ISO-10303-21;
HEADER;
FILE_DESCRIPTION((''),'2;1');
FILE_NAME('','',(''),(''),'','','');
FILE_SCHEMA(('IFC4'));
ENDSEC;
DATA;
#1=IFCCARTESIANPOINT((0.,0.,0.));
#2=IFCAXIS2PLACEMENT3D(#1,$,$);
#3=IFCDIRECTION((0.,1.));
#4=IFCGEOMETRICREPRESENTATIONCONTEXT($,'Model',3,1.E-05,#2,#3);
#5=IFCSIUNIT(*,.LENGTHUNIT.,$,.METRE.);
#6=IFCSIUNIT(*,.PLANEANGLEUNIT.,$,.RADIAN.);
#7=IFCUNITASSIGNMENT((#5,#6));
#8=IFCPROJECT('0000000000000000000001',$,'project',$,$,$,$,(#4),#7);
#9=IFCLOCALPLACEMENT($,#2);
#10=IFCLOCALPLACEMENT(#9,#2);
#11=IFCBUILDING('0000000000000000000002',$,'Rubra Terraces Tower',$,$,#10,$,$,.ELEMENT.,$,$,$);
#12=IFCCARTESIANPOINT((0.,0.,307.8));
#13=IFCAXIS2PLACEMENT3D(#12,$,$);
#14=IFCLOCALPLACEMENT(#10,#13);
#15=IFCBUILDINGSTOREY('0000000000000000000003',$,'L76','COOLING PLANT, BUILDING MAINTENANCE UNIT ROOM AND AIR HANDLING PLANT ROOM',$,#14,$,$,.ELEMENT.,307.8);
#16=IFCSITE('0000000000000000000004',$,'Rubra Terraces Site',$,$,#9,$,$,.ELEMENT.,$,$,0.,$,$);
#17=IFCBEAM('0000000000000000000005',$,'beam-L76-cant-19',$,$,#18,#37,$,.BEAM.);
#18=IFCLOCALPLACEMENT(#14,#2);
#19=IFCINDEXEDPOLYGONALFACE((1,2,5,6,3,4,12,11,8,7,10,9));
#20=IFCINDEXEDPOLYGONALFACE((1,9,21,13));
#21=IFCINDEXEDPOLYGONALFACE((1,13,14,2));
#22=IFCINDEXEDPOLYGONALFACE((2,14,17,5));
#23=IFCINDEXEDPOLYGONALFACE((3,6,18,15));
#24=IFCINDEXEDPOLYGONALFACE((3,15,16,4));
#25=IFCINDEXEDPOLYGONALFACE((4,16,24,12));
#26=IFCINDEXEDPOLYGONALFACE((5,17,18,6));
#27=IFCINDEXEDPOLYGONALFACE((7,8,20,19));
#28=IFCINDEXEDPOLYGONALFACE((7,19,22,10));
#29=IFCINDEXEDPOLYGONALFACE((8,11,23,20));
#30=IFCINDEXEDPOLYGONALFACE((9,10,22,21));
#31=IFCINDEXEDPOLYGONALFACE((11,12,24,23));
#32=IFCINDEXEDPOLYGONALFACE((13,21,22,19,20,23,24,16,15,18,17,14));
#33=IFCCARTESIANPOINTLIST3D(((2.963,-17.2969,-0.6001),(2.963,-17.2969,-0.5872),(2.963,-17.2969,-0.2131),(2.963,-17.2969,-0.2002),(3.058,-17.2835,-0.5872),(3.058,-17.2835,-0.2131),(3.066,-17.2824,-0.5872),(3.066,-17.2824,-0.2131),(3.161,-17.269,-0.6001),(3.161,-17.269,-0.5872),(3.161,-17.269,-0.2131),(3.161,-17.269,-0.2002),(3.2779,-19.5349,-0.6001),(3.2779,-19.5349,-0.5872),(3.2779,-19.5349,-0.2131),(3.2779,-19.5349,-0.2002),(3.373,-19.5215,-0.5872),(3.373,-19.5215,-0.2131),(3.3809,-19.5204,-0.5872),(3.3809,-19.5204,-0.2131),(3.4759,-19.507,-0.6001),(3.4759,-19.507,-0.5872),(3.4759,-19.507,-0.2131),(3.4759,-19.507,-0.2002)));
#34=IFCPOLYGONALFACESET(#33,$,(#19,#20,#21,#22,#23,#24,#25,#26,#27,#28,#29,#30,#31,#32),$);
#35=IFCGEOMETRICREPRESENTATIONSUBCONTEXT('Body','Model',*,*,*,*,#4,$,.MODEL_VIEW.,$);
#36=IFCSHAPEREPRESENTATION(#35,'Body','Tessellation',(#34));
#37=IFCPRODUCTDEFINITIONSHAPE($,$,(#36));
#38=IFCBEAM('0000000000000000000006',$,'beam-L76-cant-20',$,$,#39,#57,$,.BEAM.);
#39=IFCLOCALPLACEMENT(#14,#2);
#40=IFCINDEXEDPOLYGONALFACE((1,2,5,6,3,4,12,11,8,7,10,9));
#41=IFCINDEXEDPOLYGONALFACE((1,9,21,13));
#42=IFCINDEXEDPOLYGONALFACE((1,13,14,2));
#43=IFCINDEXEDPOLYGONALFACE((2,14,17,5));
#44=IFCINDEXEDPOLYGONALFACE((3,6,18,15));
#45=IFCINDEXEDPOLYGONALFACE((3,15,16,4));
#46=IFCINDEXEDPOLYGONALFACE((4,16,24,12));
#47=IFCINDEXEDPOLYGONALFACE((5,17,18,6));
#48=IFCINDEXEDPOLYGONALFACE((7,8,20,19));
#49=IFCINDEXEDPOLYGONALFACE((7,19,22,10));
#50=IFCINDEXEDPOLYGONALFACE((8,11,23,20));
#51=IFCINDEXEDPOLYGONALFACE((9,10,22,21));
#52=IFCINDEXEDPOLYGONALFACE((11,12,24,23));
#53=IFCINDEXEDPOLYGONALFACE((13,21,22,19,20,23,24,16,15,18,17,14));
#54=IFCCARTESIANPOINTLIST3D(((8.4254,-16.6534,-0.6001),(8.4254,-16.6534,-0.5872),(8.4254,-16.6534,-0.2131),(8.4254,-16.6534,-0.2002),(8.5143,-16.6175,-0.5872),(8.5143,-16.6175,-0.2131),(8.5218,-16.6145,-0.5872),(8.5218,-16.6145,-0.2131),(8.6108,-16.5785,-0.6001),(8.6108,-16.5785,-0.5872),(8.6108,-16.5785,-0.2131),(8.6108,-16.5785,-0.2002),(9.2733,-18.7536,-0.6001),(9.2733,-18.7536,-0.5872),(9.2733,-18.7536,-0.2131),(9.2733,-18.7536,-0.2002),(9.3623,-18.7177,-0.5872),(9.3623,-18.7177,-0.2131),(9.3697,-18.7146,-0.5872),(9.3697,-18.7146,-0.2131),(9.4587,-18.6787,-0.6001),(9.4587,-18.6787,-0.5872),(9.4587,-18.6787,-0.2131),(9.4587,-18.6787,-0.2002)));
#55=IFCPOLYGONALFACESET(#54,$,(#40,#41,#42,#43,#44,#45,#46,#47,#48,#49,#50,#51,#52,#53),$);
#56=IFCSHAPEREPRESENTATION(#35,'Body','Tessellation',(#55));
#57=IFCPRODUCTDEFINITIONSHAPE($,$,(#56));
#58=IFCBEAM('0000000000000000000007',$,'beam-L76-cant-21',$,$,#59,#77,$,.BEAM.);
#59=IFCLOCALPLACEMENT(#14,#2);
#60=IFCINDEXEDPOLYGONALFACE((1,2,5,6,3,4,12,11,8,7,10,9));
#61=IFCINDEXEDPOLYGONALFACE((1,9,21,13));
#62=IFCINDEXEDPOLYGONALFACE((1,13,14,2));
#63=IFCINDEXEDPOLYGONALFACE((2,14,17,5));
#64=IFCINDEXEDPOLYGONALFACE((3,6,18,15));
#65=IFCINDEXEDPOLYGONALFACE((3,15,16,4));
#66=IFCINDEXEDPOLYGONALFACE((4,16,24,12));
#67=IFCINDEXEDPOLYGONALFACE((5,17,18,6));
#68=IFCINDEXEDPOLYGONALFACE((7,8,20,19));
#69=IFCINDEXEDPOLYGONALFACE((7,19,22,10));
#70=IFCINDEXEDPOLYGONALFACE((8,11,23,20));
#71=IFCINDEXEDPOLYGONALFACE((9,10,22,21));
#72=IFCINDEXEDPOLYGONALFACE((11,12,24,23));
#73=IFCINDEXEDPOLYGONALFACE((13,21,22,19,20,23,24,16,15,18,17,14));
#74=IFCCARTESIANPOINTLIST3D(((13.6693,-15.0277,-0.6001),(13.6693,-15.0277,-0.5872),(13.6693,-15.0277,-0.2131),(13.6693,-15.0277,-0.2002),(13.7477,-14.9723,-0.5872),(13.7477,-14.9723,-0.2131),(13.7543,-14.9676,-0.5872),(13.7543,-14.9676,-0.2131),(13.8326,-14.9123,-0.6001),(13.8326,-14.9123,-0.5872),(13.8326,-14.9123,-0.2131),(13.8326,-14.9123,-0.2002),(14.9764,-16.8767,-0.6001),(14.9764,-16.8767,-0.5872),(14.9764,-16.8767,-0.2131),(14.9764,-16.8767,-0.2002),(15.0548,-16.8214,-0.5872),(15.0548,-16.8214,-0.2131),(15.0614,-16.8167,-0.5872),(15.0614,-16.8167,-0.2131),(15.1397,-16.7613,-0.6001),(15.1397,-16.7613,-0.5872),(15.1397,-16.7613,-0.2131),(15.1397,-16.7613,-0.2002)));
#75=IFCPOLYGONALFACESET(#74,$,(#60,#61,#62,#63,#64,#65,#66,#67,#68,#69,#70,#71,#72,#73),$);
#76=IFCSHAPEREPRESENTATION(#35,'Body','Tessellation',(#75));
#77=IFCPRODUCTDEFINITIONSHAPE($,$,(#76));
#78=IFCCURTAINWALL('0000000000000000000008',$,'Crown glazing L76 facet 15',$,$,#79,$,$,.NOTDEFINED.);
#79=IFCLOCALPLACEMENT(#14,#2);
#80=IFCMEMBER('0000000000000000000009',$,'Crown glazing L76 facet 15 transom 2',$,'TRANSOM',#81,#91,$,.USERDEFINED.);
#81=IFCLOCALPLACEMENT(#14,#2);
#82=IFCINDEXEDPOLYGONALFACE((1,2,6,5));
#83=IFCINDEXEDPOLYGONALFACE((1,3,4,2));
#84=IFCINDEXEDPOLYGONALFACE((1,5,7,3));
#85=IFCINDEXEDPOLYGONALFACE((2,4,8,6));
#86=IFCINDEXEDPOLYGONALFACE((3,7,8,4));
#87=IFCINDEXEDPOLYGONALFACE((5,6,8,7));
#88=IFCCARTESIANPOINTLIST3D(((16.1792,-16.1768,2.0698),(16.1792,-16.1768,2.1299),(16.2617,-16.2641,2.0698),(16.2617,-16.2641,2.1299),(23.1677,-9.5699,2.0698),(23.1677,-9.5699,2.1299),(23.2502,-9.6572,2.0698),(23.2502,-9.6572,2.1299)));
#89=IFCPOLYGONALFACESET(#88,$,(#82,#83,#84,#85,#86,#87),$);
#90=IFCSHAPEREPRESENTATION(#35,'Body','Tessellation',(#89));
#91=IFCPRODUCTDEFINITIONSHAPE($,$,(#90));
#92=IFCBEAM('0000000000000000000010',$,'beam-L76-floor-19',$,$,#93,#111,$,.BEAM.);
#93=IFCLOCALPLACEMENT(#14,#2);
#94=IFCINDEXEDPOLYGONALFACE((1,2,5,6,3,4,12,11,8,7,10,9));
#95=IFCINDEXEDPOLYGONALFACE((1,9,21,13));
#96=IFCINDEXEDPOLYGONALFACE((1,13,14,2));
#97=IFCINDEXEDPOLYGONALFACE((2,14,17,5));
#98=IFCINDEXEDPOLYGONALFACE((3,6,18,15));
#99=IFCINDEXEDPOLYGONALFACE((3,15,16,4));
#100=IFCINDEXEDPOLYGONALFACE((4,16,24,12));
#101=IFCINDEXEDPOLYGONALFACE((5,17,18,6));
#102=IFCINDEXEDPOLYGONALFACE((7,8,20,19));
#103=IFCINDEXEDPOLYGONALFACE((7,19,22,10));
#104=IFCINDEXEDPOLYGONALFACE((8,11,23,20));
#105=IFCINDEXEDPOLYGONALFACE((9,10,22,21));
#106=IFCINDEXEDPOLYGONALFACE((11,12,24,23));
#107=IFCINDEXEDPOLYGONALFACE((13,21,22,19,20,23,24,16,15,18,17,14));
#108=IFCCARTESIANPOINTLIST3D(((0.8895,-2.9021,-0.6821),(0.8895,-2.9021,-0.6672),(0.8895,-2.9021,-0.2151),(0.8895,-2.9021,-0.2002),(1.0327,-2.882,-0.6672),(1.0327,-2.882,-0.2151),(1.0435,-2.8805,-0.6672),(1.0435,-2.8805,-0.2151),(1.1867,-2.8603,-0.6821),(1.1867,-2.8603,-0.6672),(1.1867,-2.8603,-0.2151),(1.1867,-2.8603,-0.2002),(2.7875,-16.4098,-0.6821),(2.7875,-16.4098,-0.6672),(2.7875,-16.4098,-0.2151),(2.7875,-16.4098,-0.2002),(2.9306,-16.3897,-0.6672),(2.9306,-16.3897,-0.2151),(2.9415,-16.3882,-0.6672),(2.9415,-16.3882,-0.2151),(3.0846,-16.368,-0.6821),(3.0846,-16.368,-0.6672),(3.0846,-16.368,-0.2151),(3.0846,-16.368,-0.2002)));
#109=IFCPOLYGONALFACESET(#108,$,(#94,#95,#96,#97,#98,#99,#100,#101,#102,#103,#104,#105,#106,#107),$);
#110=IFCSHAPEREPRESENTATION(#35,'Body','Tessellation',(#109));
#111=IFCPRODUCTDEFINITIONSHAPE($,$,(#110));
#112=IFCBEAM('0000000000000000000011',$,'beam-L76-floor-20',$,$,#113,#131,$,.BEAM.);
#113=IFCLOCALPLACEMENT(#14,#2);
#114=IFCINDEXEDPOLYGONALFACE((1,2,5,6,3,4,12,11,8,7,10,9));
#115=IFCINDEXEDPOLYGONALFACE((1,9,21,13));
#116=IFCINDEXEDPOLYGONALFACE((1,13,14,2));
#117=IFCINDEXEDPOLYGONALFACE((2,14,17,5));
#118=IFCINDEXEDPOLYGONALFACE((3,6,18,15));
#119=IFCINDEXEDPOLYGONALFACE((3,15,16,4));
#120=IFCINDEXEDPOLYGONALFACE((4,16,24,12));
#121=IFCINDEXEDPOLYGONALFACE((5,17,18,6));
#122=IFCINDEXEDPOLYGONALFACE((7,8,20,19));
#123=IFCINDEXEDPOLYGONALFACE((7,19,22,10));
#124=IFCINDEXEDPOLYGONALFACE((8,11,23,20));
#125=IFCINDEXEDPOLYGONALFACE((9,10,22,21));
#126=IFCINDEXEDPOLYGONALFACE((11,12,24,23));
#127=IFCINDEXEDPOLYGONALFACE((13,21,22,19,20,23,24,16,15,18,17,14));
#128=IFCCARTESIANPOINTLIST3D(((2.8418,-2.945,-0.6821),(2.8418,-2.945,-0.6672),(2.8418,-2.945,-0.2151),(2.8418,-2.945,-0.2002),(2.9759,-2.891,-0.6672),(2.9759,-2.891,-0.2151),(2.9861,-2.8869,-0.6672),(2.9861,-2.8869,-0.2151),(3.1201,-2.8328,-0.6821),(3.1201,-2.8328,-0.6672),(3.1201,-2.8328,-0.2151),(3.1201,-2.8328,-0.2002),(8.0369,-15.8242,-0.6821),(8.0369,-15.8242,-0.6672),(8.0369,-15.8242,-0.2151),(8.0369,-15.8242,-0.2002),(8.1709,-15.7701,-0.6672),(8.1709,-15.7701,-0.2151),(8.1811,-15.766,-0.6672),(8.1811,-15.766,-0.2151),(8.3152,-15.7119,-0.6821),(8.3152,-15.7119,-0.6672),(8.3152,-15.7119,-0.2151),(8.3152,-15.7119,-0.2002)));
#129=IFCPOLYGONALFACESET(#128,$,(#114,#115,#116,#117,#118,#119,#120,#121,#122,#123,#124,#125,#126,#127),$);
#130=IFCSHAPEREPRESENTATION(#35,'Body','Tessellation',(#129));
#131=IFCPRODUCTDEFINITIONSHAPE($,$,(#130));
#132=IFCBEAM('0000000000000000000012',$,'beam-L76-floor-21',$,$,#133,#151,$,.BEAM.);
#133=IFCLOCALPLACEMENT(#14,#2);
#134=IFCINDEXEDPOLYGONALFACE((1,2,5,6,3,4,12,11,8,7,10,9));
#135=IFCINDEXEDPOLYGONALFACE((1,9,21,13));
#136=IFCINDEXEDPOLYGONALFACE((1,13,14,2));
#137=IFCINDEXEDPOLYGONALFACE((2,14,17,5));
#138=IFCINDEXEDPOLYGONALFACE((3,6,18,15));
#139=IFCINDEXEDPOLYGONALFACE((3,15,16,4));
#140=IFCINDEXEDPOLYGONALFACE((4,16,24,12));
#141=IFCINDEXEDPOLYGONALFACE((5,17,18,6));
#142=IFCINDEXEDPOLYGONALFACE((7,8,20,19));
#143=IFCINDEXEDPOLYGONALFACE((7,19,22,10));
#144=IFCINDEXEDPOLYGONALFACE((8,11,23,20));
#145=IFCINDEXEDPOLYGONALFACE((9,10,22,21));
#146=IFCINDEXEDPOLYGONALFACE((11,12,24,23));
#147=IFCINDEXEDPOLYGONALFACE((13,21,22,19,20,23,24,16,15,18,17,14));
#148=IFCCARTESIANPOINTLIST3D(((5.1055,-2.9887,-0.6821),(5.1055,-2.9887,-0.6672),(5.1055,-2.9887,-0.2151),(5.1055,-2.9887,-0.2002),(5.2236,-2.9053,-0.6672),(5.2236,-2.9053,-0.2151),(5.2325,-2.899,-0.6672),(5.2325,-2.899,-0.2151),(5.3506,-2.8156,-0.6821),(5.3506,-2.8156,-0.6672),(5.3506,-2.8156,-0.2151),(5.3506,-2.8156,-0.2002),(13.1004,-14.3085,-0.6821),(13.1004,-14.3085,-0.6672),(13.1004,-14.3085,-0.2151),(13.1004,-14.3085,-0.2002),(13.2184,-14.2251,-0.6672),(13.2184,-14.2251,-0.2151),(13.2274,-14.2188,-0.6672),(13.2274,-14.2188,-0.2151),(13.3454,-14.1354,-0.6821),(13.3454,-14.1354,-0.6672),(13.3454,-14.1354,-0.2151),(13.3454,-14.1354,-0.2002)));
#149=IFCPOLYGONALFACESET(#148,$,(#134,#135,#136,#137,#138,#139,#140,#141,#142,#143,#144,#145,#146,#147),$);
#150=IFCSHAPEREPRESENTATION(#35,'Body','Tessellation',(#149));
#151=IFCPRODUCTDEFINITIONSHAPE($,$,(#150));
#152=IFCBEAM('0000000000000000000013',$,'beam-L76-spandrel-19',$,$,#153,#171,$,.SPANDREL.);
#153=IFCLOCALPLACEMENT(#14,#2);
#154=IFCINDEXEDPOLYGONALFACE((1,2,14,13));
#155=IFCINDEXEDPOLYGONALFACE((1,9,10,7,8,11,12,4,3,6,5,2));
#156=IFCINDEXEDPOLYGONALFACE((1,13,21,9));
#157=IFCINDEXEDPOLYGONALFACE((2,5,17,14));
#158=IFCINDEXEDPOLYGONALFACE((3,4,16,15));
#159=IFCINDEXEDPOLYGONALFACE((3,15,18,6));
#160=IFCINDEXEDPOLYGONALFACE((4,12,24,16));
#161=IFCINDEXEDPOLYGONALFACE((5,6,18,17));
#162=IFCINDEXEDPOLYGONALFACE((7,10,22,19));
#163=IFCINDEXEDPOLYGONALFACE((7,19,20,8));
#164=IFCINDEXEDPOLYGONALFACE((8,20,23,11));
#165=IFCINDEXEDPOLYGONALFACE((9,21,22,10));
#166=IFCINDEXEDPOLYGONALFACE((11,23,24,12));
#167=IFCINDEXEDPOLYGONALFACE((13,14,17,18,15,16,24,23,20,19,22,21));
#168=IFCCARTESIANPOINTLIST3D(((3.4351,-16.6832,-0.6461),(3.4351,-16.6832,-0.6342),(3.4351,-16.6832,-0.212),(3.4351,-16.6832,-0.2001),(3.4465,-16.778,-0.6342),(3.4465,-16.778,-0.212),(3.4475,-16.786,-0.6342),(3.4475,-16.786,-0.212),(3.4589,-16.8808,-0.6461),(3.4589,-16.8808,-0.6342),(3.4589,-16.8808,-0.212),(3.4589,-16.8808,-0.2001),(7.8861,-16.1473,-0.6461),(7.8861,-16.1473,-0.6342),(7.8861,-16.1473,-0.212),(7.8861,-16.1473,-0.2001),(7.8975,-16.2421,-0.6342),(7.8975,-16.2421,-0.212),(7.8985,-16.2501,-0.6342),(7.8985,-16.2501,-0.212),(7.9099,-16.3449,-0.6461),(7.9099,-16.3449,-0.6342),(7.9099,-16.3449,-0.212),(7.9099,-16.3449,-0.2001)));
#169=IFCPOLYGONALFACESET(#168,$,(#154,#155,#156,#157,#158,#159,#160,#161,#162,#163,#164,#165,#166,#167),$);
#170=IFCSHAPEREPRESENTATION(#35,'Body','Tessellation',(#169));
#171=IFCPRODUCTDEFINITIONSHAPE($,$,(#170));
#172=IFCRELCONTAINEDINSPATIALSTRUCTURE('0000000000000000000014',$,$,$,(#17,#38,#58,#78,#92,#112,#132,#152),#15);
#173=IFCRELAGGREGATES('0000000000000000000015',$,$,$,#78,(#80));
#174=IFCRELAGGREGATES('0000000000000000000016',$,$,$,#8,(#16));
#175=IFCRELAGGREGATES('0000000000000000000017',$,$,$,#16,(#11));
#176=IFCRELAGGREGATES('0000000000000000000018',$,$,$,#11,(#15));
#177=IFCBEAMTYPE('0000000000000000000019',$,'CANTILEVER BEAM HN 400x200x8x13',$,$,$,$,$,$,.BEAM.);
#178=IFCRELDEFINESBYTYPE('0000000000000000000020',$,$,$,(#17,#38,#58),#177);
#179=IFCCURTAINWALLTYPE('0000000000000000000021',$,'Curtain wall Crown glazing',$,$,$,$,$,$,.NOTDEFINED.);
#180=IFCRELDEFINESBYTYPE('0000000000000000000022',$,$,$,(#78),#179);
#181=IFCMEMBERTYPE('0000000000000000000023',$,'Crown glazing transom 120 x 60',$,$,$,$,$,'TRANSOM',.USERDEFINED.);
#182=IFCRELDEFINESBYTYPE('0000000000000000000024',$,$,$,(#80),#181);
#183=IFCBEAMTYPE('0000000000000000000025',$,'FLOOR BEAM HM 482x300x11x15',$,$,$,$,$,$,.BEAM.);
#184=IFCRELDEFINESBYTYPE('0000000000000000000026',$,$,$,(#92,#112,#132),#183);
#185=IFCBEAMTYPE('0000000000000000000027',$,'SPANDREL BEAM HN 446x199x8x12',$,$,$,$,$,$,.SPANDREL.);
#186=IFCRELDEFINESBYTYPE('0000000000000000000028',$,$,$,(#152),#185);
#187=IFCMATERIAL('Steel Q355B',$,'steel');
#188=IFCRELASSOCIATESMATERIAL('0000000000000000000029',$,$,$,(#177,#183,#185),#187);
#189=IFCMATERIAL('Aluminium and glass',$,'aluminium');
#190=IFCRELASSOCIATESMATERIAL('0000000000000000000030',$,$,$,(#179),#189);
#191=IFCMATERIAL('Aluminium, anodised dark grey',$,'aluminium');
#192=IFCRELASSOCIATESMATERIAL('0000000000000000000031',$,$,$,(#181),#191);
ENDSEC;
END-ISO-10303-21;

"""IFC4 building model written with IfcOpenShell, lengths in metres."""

from ifc_helpers import new_model, si_unit, direction, frame, origin, origin_2d, place, context, subcontext, project, spatial, rectangle, i_section, extrude, material, material_profile, profile_set, type_object, element, aggregate, save


model = new_model("IFC4")

# Units and contexts
model_context = context("Model", 3, precision=1e-05, world=origin(), true_north=direction((0.0, 1.0)))
body_context = subcontext(model_context, "Body", "Model", "MODEL_VIEW")
ifc_project = project(units=[si_unit("LENGTHUNIT", "METRE"), si_unit("PLANEANGLEUNIT", "RADIAN")], contexts=[model_context])

# Site, building, storey
site_placement = place(None, origin())
site = spatial("IfcSite", under=ifc_project, at=site_placement, Name="Rubra Terraces Site", CompositionType="ELEMENT", RefElevation=0.0)
building_placement = place(site_placement, origin())
building = spatial("IfcBuilding", under=site, at=building_placement, Name="Rubra Terraces Tower", CompositionType="ELEMENT")
storey_placement = place(building_placement, frame((0.0, 0.0, 307.8)))
storey = spatial("IfcBuildingStorey", under=building, at=storey_placement, Name="L76", Description="COOLING PLANT, BUILDING MAINTENANCE UNIT ROOM AND AIR HANDLING PLANT ROOM", CompositionType="ELEMENT", Elevation=307.8)

# Beams
ifc_material_1 = material(Name="Steel Q355B", Category="steel")
ifc_material_profile_1 = material_profile(ifc_material_1, i_section(OverallWidth=0.2, OverallDepth=0.3999, WebThickness=0.0081, FlangeThickness=0.0129, at=origin_2d()), Name="HN 400x200x8x13")
ifc_profile_set_1 = profile_set([ifc_material_profile_1], Name="Steel Q355B")
beam_type_1 = type_object("IfcBeamType", Name="CANTILEVER BEAM HN 400x200x8x13", PredefinedType="BEAM", material=ifc_profile_set_1)
beam_1_placement = place(storey_placement, frame((3.062, -17.283, -0.4001), z_axis=(0.139349, -0.990243, 0.0), x_axis=(0.990243, 0.139349, 0.0)))
element("IfcBeam", 1, at=beam_1_placement, inside=storey, type_object=beam_type_1, Name="beam-L76-cant-19", PredefinedType="BEAM", context=body_context, shape_type="SweptSolid", body=[
    extrude(i_section(OverallWidth=0.2, OverallDepth=0.3999, WebThickness=0.0081, FlangeThickness=0.0129, at=origin_2d()), origin(), (0.0, 0.0, 1.0), 2.26),
])
beam_2_placement = place(storey_placement, frame((8.5181, -16.616, -0.4001), z_axis=(0.374381, -0.927275, 0.0), x_axis=(0.927275, 0.374381, 0.0)))
element("IfcBeam", 2, at=beam_2_placement, inside=storey, type_object=beam_type_1, Name="beam-L76-cant-20", PredefinedType="BEAM", context=body_context, shape_type="SweptSolid", body=[
    extrude(i_section(OverallWidth=0.2, OverallDepth=0.3999, WebThickness=0.0081, FlangeThickness=0.0129, at=origin_2d()), origin(), (0.0, 0.0, 1.0), 2.2649),
])
beam_3_placement = place(storey_placement, frame((13.751, -14.97, -0.4001), z_axis=(0.577233, -0.816579, 0.0), x_axis=(0.816579, 0.577233, 0.0)))
element("IfcBeam", 3, at=beam_3_placement, inside=storey, type_object=beam_type_1, Name="beam-L76-cant-21", PredefinedType="BEAM", context=body_context, shape_type="SweptSolid", body=[
    extrude(i_section(OverallWidth=0.2, OverallDepth=0.3999, WebThickness=0.0081, FlangeThickness=0.0129, at=origin_2d()), origin(), (0.0, 0.0, 1.0), 2.2644),
])

# Curtain wall, member
ifc_material_2 = material(Name="Aluminium and glass", Category="aluminium")
curtain_wall_type = type_object("IfcCurtainWallType", Name="Curtain wall Crown glazing", PredefinedType="NOTDEFINED", material=ifc_material_2)
curtain_wall_1_placement = place(storey_placement, origin())
curtain_wall_1 = element("IfcCurtainWall", 4, at=curtain_wall_1_placement, inside=storey, type_object=curtain_wall_type, Name="Crown glazing L76 facet 15", PredefinedType="NOTDEFINED")
ifc_material_3 = material(Name="Aluminium, anodised dark grey", Category="aluminium")
ifc_material_profile_2 = material_profile(ifc_material_3, rectangle(XDim=0.1201, YDim=0.0601, at=origin_2d()), Name="AL 120x60")
ifc_profile_set_2 = profile_set([ifc_material_profile_2], Name="Aluminium, anodised dark grey")
member_type = type_object("IfcMemberType", Name="Crown glazing transom 120 x 60", ElementType="TRANSOM", PredefinedType="USERDEFINED", material=ifc_profile_set_2)
member_placement = place(storey_placement, frame((16.2205, -16.2205, 2.0999), z_axis=(0.726667, 0.686989, 0.0), x_axis=(-0.686989, 0.726667, 0.0)))
member = element("IfcMember", 5, at=member_placement, type_object=member_type, Name="Crown glazing L76 facet 15 transom 2", ObjectType="TRANSOM", PredefinedType="USERDEFINED", context=body_context, shape_type="SweptSolid", body=[
    extrude(rectangle(XDim=0.1201, YDim=0.0601, at=origin_2d()), origin(), (0.0, 0.0, 1.0), 9.6172),
])

# Beams
ifc_material_profile_3 = material_profile(ifc_material_1, i_section(OverallWidth=0.3, OverallDepth=0.4819, WebThickness=0.011, FlangeThickness=0.0149, at=origin_2d()), Name="HM 482x300x11x15")
ifc_profile_set_3 = profile_set([ifc_material_profile_3], Name="Steel Q355B")
beam_type_2 = type_object("IfcBeamType", Name="FLOOR BEAM HM 482x300x11x15", PredefinedType="BEAM", material=ifc_profile_set_3)
beam_4_placement = place(storey_placement, frame((2.936, -16.3889, -0.4412), z_axis=(-0.139141, 0.990273, 0.0), x_axis=(-0.990273, -0.139141, 0.0)))
element("IfcBeam", 6, at=beam_4_placement, inside=storey, type_object=beam_type_2, Name="beam-L76-floor-19", PredefinedType="BEAM", context=body_context, shape_type="SweptSolid", body=[
    extrude(i_section(OverallWidth=0.3, OverallDepth=0.4819, WebThickness=0.011, FlangeThickness=0.0149, at=origin_2d()), origin(), (0.0, 0.0, 1.0), 13.6404),
])
beam_5_placement = place(storey_placement, frame((8.176, -15.7681, -0.4412), z_axis=(-0.374084, 0.927395, 0.0), x_axis=(-0.927395, -0.374084, 0.0)))
element("IfcBeam", 7, at=beam_5_placement, inside=storey, type_object=beam_type_2, Name="beam-L76-floor-20", PredefinedType="BEAM", context=body_context, shape_type="SweptSolid", body=[
    extrude(i_section(OverallWidth=0.3, OverallDepth=0.4819, WebThickness=0.011, FlangeThickness=0.0149, at=origin_2d()), origin(), (0.0, 0.0, 1.0), 13.8875),
])
beam_6_placement = place(storey_placement, frame((13.2229, -14.2219, -0.4412), z_axis=(-0.576896, 0.816818, 0.0), x_axis=(-0.816818, -0.576896, 0.0)))
element("IfcBeam", 8, at=beam_6_placement, inside=storey, type_object=beam_type_2, Name="beam-L76-floor-21", PredefinedType="BEAM", context=body_context, shape_type="SweptSolid", body=[
    extrude(i_section(OverallWidth=0.3, OverallDepth=0.4819, WebThickness=0.011, FlangeThickness=0.0149, at=origin_2d()), origin(), (0.0, 0.0, 1.0), 13.8584),
])
ifc_material_profile_4 = material_profile(ifc_material_1, i_section(OverallWidth=0.199, OverallDepth=0.446, WebThickness=0.0081, FlangeThickness=0.012, at=origin_2d()), Name="HN 446x199x8x12")
ifc_profile_set_4 = profile_set([ifc_material_profile_4], Name="Steel Q355B")
beam_type_3 = type_object("IfcBeamType", Name="SPANDREL BEAM HN 446x199x8x12", PredefinedType="SPANDREL", material=ifc_profile_set_4)
beam_7_placement = place(storey_placement, frame((3.447, -16.782, -0.4231), z_axis=(0.99283, 0.119536, 0.0), x_axis=(-0.119536, 0.99283, 0.0)))
element("IfcBeam", 9, at=beam_7_placement, inside=storey, type_object=beam_type_3, Name="beam-L76-spandrel-19", PredefinedType="SPANDREL", context=body_context, shape_type="SweptSolid", body=[
    extrude(i_section(OverallWidth=0.199, OverallDepth=0.446, WebThickness=0.0081, FlangeThickness=0.012, at=origin_2d()), origin(), (0.0, 0.0, 1.0), 4.4832),
])

aggregate(curtain_wall_1, [member])

save(model, "model.ifc")
